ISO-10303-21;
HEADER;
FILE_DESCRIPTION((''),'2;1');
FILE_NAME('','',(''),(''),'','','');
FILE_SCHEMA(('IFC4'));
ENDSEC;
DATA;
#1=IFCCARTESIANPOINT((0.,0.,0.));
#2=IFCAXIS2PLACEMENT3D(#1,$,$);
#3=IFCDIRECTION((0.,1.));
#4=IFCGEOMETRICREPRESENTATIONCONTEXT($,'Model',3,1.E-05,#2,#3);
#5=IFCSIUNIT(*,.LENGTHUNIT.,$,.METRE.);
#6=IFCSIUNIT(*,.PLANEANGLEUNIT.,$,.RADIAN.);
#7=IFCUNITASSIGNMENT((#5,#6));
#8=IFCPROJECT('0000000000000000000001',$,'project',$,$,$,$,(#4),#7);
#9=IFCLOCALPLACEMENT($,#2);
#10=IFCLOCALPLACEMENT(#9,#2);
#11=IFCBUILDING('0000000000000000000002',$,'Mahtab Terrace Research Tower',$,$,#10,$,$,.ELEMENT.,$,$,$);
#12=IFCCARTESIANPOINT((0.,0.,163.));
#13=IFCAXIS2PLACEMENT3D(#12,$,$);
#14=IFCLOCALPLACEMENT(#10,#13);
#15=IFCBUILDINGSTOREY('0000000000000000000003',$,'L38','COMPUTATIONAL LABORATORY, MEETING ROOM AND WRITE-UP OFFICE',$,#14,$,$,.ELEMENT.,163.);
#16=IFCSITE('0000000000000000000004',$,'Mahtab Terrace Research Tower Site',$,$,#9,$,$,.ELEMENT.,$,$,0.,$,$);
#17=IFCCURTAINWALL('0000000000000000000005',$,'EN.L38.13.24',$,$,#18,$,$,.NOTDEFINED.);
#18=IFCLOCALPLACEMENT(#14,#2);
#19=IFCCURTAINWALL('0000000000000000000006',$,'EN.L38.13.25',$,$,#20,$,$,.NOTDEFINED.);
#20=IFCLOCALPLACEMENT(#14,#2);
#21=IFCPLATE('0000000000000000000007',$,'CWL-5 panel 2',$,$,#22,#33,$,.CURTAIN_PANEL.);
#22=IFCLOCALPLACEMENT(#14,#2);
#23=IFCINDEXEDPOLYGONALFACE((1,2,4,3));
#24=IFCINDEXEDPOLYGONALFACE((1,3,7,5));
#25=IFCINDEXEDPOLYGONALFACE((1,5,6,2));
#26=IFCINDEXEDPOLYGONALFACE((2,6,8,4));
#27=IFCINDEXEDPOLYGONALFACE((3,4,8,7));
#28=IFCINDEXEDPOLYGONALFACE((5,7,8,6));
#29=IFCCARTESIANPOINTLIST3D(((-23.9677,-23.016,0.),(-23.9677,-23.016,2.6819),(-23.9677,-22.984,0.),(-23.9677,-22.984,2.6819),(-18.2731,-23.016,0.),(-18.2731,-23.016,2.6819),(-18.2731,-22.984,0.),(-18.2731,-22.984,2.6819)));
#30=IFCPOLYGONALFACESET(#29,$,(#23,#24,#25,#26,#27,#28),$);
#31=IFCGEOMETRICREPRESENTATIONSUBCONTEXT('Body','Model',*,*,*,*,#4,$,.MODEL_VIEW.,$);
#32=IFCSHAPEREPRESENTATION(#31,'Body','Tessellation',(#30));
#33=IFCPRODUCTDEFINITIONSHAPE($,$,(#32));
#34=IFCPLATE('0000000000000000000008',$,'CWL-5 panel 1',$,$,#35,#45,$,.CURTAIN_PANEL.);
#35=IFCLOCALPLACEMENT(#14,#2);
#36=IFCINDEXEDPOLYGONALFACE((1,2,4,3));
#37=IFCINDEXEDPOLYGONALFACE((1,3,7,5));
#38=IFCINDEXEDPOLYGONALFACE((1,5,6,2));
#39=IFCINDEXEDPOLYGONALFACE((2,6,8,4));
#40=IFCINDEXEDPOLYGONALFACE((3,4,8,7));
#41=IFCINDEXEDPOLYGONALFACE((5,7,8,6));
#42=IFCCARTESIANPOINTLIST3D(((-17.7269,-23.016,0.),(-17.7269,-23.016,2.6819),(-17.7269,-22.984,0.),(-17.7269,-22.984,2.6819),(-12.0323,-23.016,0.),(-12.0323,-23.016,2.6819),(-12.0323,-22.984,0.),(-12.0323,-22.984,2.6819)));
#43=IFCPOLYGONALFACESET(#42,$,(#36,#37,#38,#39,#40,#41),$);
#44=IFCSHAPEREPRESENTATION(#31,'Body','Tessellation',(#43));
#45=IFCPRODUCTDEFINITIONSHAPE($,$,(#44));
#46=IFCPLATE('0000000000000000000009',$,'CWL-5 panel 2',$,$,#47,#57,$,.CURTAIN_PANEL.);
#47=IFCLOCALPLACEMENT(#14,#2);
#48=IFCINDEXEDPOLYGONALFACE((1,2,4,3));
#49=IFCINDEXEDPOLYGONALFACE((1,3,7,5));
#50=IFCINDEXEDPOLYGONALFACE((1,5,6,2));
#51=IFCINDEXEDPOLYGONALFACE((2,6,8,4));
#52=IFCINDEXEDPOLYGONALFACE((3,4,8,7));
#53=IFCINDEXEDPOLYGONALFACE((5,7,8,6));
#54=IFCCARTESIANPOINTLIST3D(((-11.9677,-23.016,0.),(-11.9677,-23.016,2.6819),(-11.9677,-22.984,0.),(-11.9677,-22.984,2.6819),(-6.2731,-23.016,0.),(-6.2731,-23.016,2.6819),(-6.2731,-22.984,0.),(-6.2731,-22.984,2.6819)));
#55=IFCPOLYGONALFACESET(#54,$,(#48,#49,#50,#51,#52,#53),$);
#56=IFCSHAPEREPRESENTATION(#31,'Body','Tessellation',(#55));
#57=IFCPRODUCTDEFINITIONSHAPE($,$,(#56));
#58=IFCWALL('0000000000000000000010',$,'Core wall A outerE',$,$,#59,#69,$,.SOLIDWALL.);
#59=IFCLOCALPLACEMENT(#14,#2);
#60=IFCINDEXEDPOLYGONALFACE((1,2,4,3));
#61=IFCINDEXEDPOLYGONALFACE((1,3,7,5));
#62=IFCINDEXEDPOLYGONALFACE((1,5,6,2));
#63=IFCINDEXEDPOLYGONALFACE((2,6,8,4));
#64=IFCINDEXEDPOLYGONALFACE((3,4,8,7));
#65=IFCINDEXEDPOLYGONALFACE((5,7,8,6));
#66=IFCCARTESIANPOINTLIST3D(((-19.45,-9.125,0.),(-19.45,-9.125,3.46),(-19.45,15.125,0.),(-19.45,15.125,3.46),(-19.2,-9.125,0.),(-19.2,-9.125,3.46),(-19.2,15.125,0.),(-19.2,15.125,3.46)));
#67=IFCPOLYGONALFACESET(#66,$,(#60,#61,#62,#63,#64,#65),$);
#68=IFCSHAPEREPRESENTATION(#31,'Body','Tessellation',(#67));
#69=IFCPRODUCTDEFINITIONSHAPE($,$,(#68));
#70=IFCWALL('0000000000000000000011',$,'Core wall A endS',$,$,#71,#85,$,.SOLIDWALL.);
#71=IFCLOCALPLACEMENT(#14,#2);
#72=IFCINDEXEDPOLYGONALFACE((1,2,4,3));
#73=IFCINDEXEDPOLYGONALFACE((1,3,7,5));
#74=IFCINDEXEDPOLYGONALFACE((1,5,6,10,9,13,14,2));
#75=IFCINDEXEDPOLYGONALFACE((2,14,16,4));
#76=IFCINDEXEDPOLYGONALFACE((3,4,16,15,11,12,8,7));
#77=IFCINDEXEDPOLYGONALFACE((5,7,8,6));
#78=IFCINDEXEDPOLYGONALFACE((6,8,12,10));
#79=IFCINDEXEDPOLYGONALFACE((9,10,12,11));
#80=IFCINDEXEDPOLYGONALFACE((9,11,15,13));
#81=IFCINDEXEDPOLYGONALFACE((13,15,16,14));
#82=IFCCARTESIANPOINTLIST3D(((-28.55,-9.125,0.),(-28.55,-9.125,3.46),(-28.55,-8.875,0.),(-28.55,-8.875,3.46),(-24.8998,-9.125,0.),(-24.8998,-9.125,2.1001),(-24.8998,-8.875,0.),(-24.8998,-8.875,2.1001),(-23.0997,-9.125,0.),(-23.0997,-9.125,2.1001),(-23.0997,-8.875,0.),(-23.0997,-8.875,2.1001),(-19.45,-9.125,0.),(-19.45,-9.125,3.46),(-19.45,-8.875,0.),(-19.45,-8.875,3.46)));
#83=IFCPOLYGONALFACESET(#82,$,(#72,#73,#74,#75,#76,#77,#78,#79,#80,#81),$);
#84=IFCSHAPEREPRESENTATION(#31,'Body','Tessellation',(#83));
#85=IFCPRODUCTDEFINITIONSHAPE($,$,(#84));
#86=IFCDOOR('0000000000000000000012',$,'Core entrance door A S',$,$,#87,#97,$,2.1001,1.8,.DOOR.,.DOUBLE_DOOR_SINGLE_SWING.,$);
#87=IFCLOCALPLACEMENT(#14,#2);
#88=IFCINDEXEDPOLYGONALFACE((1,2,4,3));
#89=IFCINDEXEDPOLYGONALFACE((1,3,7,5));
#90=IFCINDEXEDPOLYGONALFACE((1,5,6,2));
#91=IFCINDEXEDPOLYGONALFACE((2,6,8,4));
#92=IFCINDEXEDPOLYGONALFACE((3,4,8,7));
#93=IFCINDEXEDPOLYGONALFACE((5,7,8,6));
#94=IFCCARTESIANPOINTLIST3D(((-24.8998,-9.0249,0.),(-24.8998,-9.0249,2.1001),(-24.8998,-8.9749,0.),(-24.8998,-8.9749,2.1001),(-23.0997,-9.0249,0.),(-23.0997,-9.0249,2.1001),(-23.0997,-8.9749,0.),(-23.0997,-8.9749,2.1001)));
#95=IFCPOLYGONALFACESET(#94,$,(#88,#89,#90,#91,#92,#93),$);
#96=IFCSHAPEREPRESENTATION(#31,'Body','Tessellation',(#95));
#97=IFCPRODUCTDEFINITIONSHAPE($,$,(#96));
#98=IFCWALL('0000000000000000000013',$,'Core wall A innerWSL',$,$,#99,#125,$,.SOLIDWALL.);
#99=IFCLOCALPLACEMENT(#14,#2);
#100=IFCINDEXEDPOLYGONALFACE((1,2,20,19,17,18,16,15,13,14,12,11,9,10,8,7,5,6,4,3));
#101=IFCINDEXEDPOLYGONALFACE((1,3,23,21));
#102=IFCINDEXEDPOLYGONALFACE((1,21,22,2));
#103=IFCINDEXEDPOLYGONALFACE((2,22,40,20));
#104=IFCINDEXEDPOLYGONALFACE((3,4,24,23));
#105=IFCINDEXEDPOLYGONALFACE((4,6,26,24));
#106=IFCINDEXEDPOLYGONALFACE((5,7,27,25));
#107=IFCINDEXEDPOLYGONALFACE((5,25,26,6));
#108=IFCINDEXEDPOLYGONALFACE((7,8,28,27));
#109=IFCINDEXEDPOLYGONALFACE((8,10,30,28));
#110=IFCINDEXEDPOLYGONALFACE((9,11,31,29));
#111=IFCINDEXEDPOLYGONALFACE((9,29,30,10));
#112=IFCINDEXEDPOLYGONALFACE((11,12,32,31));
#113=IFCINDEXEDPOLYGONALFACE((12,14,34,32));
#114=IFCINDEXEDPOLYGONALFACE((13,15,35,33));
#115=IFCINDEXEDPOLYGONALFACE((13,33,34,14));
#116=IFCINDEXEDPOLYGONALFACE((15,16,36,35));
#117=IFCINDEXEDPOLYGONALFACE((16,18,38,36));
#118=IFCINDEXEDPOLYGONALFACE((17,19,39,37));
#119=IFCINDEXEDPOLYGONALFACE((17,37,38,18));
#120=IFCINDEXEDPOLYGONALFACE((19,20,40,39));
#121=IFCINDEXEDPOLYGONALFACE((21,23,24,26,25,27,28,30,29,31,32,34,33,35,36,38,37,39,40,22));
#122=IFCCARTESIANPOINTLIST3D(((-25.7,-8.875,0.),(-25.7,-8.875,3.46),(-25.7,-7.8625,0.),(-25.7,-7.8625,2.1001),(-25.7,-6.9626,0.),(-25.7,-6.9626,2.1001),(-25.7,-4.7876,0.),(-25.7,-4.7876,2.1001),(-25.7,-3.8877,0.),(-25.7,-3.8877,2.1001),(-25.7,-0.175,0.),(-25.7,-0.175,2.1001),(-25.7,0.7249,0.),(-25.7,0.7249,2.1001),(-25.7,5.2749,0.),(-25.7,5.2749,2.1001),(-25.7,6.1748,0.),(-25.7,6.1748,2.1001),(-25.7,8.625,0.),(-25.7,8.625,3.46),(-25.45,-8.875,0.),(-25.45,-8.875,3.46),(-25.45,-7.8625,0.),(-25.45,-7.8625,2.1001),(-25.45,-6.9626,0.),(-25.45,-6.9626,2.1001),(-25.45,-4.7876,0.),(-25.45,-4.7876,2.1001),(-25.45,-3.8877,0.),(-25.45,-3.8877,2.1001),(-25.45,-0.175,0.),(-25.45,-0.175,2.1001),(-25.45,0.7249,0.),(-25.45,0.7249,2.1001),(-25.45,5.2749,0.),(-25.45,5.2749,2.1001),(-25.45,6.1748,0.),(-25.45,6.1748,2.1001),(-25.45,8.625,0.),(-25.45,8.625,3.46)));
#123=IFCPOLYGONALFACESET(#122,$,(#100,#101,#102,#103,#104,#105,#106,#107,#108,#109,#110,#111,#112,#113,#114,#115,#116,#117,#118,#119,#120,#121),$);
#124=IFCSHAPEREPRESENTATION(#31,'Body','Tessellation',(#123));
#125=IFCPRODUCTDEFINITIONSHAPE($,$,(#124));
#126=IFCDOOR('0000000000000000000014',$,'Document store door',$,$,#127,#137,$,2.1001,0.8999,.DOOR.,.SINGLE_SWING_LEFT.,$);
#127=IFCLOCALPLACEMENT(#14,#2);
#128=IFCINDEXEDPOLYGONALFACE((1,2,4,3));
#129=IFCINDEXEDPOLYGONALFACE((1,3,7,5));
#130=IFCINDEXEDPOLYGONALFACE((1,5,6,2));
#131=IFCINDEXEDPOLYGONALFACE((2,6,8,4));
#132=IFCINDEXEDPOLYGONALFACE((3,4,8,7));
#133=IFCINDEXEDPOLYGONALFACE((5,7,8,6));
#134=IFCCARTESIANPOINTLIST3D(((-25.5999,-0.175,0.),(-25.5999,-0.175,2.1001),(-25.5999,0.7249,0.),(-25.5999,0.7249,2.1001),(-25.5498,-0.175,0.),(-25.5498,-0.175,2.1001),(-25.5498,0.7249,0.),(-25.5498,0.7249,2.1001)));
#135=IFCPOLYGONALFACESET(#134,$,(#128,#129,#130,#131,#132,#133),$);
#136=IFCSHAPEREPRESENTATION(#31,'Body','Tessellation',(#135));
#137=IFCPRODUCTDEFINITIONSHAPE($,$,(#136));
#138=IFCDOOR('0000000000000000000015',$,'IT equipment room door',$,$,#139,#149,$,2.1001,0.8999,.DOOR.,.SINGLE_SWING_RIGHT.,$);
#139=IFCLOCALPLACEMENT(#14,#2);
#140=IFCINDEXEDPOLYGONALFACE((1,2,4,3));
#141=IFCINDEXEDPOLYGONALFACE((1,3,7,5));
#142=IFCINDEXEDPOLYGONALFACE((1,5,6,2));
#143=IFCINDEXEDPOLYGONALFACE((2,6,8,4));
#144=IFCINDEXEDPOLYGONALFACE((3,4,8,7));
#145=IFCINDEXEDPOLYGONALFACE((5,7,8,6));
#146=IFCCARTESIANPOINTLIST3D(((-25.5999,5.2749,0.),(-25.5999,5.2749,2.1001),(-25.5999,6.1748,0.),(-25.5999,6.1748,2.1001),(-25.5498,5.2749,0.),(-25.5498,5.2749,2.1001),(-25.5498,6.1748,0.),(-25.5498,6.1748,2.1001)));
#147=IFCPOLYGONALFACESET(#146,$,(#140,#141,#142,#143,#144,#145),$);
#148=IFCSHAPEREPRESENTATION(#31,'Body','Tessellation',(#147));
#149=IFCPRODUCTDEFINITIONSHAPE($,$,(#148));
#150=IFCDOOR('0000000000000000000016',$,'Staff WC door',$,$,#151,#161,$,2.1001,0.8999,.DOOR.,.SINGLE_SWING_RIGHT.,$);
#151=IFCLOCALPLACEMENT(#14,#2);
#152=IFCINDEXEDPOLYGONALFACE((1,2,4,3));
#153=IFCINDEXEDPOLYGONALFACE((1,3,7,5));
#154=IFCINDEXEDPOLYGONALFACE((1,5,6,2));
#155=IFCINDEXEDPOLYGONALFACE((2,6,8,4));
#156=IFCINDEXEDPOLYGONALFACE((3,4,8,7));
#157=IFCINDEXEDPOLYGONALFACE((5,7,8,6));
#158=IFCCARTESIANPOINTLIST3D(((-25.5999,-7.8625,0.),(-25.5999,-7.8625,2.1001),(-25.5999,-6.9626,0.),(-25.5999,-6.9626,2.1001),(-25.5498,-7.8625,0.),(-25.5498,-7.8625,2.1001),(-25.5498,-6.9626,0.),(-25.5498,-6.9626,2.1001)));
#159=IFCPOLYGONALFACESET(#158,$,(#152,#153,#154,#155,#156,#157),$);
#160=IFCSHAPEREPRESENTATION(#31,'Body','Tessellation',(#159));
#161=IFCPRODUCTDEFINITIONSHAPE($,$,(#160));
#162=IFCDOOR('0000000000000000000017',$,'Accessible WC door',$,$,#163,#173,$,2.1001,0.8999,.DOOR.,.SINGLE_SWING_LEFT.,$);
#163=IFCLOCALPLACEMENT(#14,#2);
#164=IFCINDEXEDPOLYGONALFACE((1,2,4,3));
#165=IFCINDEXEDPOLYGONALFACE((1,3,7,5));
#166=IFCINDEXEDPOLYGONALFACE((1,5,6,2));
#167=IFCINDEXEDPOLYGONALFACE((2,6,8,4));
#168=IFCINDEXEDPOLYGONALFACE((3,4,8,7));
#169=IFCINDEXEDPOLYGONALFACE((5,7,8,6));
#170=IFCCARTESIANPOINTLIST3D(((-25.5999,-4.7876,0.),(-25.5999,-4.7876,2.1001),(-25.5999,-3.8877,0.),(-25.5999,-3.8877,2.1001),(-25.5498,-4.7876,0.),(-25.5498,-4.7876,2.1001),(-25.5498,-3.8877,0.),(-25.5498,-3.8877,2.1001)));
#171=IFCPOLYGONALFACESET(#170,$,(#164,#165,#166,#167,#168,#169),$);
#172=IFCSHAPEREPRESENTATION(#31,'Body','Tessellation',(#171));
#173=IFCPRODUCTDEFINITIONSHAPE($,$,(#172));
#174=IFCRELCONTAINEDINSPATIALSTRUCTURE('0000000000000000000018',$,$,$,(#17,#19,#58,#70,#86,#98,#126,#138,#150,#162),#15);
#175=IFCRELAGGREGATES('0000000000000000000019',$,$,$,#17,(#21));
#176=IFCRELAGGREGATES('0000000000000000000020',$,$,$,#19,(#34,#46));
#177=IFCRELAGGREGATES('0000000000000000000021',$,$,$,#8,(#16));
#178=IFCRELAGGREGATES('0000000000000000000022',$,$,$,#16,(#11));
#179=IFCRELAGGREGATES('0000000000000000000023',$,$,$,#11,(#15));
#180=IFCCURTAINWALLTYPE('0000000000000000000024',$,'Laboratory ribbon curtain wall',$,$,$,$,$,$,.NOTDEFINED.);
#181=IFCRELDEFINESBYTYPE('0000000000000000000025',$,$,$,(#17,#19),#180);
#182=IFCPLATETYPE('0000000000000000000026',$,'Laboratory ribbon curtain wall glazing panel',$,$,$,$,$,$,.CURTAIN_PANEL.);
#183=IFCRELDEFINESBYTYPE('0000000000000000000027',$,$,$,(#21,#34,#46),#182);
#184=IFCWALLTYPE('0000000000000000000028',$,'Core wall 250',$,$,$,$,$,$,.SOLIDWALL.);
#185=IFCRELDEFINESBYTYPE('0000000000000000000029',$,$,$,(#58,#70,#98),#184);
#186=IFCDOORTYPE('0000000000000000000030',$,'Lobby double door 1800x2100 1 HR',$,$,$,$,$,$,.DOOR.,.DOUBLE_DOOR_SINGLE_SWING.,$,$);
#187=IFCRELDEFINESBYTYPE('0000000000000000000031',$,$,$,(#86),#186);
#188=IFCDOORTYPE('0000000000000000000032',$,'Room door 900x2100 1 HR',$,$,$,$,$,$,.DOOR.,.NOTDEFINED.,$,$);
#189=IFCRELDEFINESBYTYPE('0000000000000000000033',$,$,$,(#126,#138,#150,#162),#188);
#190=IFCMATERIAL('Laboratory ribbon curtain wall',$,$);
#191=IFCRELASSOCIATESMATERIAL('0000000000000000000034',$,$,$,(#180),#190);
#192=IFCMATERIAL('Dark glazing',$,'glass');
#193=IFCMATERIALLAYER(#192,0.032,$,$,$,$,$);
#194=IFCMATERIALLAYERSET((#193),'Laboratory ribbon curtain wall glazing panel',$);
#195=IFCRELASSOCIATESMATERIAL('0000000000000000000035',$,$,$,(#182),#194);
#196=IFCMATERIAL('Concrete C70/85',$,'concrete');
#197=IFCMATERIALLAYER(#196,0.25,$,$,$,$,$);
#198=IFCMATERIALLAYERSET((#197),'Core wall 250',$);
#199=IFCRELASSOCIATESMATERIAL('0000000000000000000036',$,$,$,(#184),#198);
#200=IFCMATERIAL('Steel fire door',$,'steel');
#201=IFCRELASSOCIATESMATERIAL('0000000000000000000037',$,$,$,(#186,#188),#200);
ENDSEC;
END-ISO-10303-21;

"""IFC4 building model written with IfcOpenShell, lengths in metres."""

from ifc_helpers import new_model, si_unit, direction, frame, frame_2d, origin, origin_2d, place, context, subcontext, project, spatial, rectangle, extrude, material, layer, layer_set, type_object, element, fill, aggregate, save


model = new_model("IFC4")

# Units and contexts
model_context = context("Model", 3, precision=1e-05, world=origin(), true_north=direction((0.0, 1.0)))
body_context = subcontext(model_context, "Body", "Model", "MODEL_VIEW")
ifc_project = project(units=[si_unit("LENGTHUNIT", "METRE"), si_unit("PLANEANGLEUNIT", "RADIAN")], contexts=[model_context])

# Site, building, storey
site_placement = place(None, origin())
site = spatial("IfcSite", under=ifc_project, at=site_placement, Name="Mahtab Terrace Research Tower Site", CompositionType="ELEMENT", RefElevation=0.0)
building_placement = place(site_placement, origin())
building = spatial("IfcBuilding", under=site, at=building_placement, Name="Mahtab Terrace Research Tower", CompositionType="ELEMENT")
storey_placement = place(building_placement, frame((0.0, 0.0, 163.0)))
storey = spatial("IfcBuildingStorey", under=building, at=storey_placement, Name="L38", Description="COMPUTATIONAL LABORATORY, MEETING ROOM AND WRITE-UP OFFICE", CompositionType="ELEMENT", Elevation=163.0)

# Shared definitions
ifc_material_1 = material(Name="Concrete C70/85", Category="concrete")

# Curtain walls
ifc_material_2 = material(Name="Laboratory ribbon curtain wall")
curtain_wall_type = type_object("IfcCurtainWallType", Name="Laboratory ribbon curtain wall", PredefinedType="NOTDEFINED", material=ifc_material_2)
curtain_wall_1_placement = place(storey_placement, origin())
curtain_wall_1 = element("IfcCurtainWall", 1, at=curtain_wall_1_placement, inside=storey, type_object=curtain_wall_type, Name="EN.L38.13.24", PredefinedType="NOTDEFINED")
curtain_wall_2_placement = place(storey_placement, origin())
curtain_wall_2 = element("IfcCurtainWall", 2, at=curtain_wall_2_placement, inside=storey, type_object=curtain_wall_type, Name="EN.L38.13.25", PredefinedType="NOTDEFINED")

# Plates
ifc_material_3 = material(Name="Dark glazing", Category="glass")
ifc_layer_1 = layer(ifc_material_3, 0.032)
ifc_layer_set_1 = layer_set([ifc_layer_1], Name="Laboratory ribbon curtain wall glazing panel")
plate_type = type_object("IfcPlateType", Name="Laboratory ribbon curtain wall glazing panel", PredefinedType="CURTAIN_PANEL", material=ifc_layer_set_1)
plate_1_placement = place(storey_placement, frame((-21.1204, -23.0, 0.0), z_axis=(0.0, 0.0, 1.0), x_axis=(1.0, 0.0, 0.0)))
plate_1 = element("IfcPlate", 3, at=plate_1_placement, type_object=plate_type, Name="CWL-5 panel 2", PredefinedType="CURTAIN_PANEL", context=body_context, shape_type="SweptSolid", body=[
    extrude(rectangle(XDim=5.6946, YDim=0.032, at=origin_2d()), origin(), (0.0, 0.0, 1.0), 2.6819),
])
aggregate(curtain_wall_1, [plate_1])
plate_2_placement = place(storey_placement, frame((-14.8796, -23.0, 0.0), z_axis=(0.0, 0.0, 1.0), x_axis=(1.0, 0.0, 0.0)))
plate_2 = element("IfcPlate", 4, at=plate_2_placement, type_object=plate_type, Name="CWL-5 panel 1", PredefinedType="CURTAIN_PANEL", context=body_context, shape_type="SweptSolid", body=[
    extrude(rectangle(XDim=5.6946, YDim=0.032, at=origin_2d()), origin(), (0.0, 0.0, 1.0), 2.6819),
])
plate_3_placement = place(storey_placement, frame((-9.1204, -23.0, 0.0), z_axis=(0.0, 0.0, 1.0), x_axis=(1.0, 0.0, 0.0)))
plate_3 = element("IfcPlate", 5, at=plate_3_placement, type_object=plate_type, Name="CWL-5 panel 2", PredefinedType="CURTAIN_PANEL", context=body_context, shape_type="SweptSolid", body=[
    extrude(rectangle(XDim=5.6946, YDim=0.032, at=origin_2d()), origin(), (0.0, 0.0, 1.0), 2.6819),
])
aggregate(curtain_wall_2, [plate_2, plate_3])

# Wall
ifc_layer_2 = layer(ifc_material_1, 0.25)
ifc_layer_set_2 = layer_set([ifc_layer_2], Name="Core wall 250")
wall_type_1 = type_object("IfcWallType", Name="Core wall 250", PredefinedType="SOLIDWALL", material=ifc_layer_set_2)
wall_1_placement = place(storey_placement, frame((-19.325, -9.125, 0.0), z_axis=(0.0, 0.0, 1.0), x_axis=(0.0, 1.0, 0.0)))
element("IfcWall", 6, at=wall_1_placement, inside=storey, type_object=wall_type_1, Name="Core wall A outerE", PredefinedType="SOLIDWALL", context=body_context, shape_type="SweptSolid", body=[
    extrude(rectangle(XDim=24.25, YDim=0.25, at=frame_2d((12.125, 0.0))), origin(), (0.0, 0.0, 1.0), 3.46),
])

# Wall, opening, door
wall_2_placement = place(storey_placement, frame((-19.45, -9.0, 0.0), z_axis=(0.0, 0.0, 1.0), x_axis=(-1.0, 0.0, 0.0)))
wall_2 = element("IfcWall", 7, at=wall_2_placement, inside=storey, type_object=wall_type_1, Name="Core wall A endS", PredefinedType="SOLIDWALL", context=body_context, shape_type="SweptSolid", body=[
    extrude(rectangle(XDim=9.1001, YDim=0.25, at=frame_2d((4.55, 0.0))), origin(), (0.0, 0.0, 1.0), 3.46),
])
opening_1_placement = place(wall_2_placement, frame((3.6499, 0.0, 0.0)))
opening_1 = element("IfcOpeningElement", 8, at=opening_1_placement, cuts=wall_2, PredefinedType="OPENING", context=body_context, shape_type="SweptSolid", body=[
    extrude(rectangle(XDim=1.8, YDim=2.1001, at=frame_2d((0.8999, 1.05))), frame((0.0, 0.135, 0.0), z_axis=(0.0, -1.0, 0.0), x_axis=(1.0, 0.0, 0.0)), (0.0, 0.0, 1.0), 0.27),
])
ifc_material_4 = material(Name="Steel fire door", Category="steel")
door_type_1 = type_object("IfcDoorType", Name="Lobby double door 1800x2100 1 HR", OperationType="DOUBLE_DOOR_SINGLE_SWING", PredefinedType="DOOR", material=ifc_material_4)
door_1_placement = place(opening_1_placement, origin())
door_1 = element("IfcDoor", 9, at=door_1_placement, inside=storey, type_object=door_type_1, Name="Core entrance door A S", OperationType="DOUBLE_DOOR_SINGLE_SWING", OverallHeight=2.1001, OverallWidth=1.8, PredefinedType="DOOR", context=body_context, shape_type="SweptSolid", body=[
    extrude(rectangle(XDim=1.8, YDim=2.1001, at=frame_2d((0.8999, 1.05))), frame((0.0, 0.0249, 0.0), z_axis=(0.0, -1.0, 0.0), x_axis=(1.0, 0.0, 0.0)), (0.0, 0.0, 1.0), 0.05),
])
fill(opening_1, door_1)

# Wall, openings, doors
wall_3_placement = place(storey_placement, frame((-25.575, -8.875, 0.0), z_axis=(0.0, 0.0, 1.0), x_axis=(0.0, 1.0, 0.0)))
wall_3 = element("IfcWall", 10, at=wall_3_placement, inside=storey, type_object=wall_type_1, Name="Core wall A innerWSL", PredefinedType="SOLIDWALL", context=body_context, shape_type="SweptSolid", body=[
    extrude(rectangle(XDim=17.5, YDim=0.25, at=frame_2d((8.75, 0.0))), origin(), (0.0, 0.0, 1.0), 3.46),
])
opening_2_placement = place(wall_3_placement, frame((8.7, 0.0, 0.0)))
opening_2 = element("IfcOpeningElement", 11, at=opening_2_placement, cuts=wall_3, PredefinedType="OPENING", context=body_context, shape_type="SweptSolid", body=[
    extrude(rectangle(XDim=0.8999, YDim=2.1001, at=frame_2d((0.45, 1.05))), frame((0.0, 0.135, 0.0), z_axis=(0.0, -1.0, 0.0), x_axis=(1.0, 0.0, 0.0)), (0.0, 0.0, 1.0), 0.27),
])
opening_3_placement = place(wall_3_placement, frame((14.1499, 0.0, 0.0)))
opening_3 = element("IfcOpeningElement", 12, at=opening_3_placement, cuts=wall_3, PredefinedType="OPENING", context=body_context, shape_type="SweptSolid", body=[
    extrude(rectangle(XDim=0.8999, YDim=2.1001, at=frame_2d((0.45, 1.05))), frame((0.0, 0.135, 0.0), z_axis=(0.0, -1.0, 0.0), x_axis=(1.0, 0.0, 0.0)), (0.0, 0.0, 1.0), 0.27),
])
opening_4_placement = place(wall_3_placement, frame((1.0125, 0.0, 0.0)))
opening_4 = element("IfcOpeningElement", 13, at=opening_4_placement, cuts=wall_3, PredefinedType="OPENING", context=body_context, shape_type="SweptSolid", body=[
    extrude(rectangle(XDim=0.8999, YDim=2.1001, at=frame_2d((0.45, 1.05))), frame((0.0, 0.135, 0.0), z_axis=(0.0, -1.0, 0.0), x_axis=(1.0, 0.0, 0.0)), (0.0, 0.0, 1.0), 0.27),
])
opening_5_placement = place(wall_3_placement, frame((4.0874, 0.0, 0.0)))
opening_5 = element("IfcOpeningElement", 14, at=opening_5_placement, cuts=wall_3, PredefinedType="OPENING", context=body_context, shape_type="SweptSolid", body=[
    extrude(rectangle(XDim=0.8999, YDim=2.1001, at=frame_2d((0.45, 1.05))), frame((0.0, 0.135, 0.0), z_axis=(0.0, -1.0, 0.0), x_axis=(1.0, 0.0, 0.0)), (0.0, 0.0, 1.0), 0.27),
])
door_type_2 = type_object("IfcDoorType", Name="Room door 900x2100 1 HR", OperationType="NOTDEFINED", PredefinedType="DOOR", material=ifc_material_4)
door_2_placement = place(opening_2_placement, origin())
door_2 = element("IfcDoor", 15, at=door_2_placement, inside=storey, type_object=door_type_2, Name="Document store door", OperationType="SINGLE_SWING_LEFT", OverallHeight=2.1001, OverallWidth=0.8999, PredefinedType="DOOR", context=body_context, shape_type="SweptSolid", body=[
    extrude(rectangle(XDim=0.8999, YDim=2.1001, at=frame_2d((0.45, 1.05))), frame((0.0, 0.0249, 0.0), z_axis=(0.0, -1.0, 0.0), x_axis=(1.0, 0.0, 0.0)), (0.0, 0.0, 1.0), 0.05),
])
fill(opening_2, door_2)
door_3_placement = place(opening_3_placement, origin())
door_3 = element("IfcDoor", 16, at=door_3_placement, inside=storey, type_object=door_type_2, Name="IT equipment room door", OperationType="SINGLE_SWING_RIGHT", OverallHeight=2.1001, OverallWidth=0.8999, PredefinedType="DOOR", context=body_context, shape_type="SweptSolid", body=[
    extrude(rectangle(XDim=0.8999, YDim=2.1001, at=frame_2d((0.45, 1.05))), frame((0.0, 0.0249, 0.0), z_axis=(0.0, -1.0, 0.0), x_axis=(1.0, 0.0, 0.0)), (0.0, 0.0, 1.0), 0.05),
])
fill(opening_3, door_3)
door_4_placement = place(opening_4_placement, origin())
door_4 = element("IfcDoor", 17, at=door_4_placement, inside=storey, type_object=door_type_2, Name="Staff WC door", OperationType="SINGLE_SWING_RIGHT", OverallHeight=2.1001, OverallWidth=0.8999, PredefinedType="DOOR", context=body_context, shape_type="SweptSolid", body=[
    extrude(rectangle(XDim=0.8999, YDim=2.1001, at=frame_2d((0.45, 1.05))), frame((0.0, 0.0249, 0.0), z_axis=(0.0, -1.0, 0.0), x_axis=(1.0, 0.0, 0.0)), (0.0, 0.0, 1.0), 0.05),
])
fill(opening_4, door_4)
door_5_placement = place(opening_5_placement, origin())
door_5 = element("IfcDoor", 18, at=door_5_placement, inside=storey, type_object=door_type_2, Name="Accessible WC door", OperationType="SINGLE_SWING_LEFT", OverallHeight=2.1001, OverallWidth=0.8999, PredefinedType="DOOR", context=body_context, shape_type="SweptSolid", body=[
    extrude(rectangle(XDim=0.8999, YDim=2.1001, at=frame_2d((0.45, 1.05))), frame((0.0, 0.0249, 0.0), z_axis=(0.0, -1.0, 0.0), x_axis=(1.0, 0.0, 0.0)), (0.0, 0.0, 1.0), 0.05),
])
fill(opening_5, door_5)

save(model, "model.ifc")
